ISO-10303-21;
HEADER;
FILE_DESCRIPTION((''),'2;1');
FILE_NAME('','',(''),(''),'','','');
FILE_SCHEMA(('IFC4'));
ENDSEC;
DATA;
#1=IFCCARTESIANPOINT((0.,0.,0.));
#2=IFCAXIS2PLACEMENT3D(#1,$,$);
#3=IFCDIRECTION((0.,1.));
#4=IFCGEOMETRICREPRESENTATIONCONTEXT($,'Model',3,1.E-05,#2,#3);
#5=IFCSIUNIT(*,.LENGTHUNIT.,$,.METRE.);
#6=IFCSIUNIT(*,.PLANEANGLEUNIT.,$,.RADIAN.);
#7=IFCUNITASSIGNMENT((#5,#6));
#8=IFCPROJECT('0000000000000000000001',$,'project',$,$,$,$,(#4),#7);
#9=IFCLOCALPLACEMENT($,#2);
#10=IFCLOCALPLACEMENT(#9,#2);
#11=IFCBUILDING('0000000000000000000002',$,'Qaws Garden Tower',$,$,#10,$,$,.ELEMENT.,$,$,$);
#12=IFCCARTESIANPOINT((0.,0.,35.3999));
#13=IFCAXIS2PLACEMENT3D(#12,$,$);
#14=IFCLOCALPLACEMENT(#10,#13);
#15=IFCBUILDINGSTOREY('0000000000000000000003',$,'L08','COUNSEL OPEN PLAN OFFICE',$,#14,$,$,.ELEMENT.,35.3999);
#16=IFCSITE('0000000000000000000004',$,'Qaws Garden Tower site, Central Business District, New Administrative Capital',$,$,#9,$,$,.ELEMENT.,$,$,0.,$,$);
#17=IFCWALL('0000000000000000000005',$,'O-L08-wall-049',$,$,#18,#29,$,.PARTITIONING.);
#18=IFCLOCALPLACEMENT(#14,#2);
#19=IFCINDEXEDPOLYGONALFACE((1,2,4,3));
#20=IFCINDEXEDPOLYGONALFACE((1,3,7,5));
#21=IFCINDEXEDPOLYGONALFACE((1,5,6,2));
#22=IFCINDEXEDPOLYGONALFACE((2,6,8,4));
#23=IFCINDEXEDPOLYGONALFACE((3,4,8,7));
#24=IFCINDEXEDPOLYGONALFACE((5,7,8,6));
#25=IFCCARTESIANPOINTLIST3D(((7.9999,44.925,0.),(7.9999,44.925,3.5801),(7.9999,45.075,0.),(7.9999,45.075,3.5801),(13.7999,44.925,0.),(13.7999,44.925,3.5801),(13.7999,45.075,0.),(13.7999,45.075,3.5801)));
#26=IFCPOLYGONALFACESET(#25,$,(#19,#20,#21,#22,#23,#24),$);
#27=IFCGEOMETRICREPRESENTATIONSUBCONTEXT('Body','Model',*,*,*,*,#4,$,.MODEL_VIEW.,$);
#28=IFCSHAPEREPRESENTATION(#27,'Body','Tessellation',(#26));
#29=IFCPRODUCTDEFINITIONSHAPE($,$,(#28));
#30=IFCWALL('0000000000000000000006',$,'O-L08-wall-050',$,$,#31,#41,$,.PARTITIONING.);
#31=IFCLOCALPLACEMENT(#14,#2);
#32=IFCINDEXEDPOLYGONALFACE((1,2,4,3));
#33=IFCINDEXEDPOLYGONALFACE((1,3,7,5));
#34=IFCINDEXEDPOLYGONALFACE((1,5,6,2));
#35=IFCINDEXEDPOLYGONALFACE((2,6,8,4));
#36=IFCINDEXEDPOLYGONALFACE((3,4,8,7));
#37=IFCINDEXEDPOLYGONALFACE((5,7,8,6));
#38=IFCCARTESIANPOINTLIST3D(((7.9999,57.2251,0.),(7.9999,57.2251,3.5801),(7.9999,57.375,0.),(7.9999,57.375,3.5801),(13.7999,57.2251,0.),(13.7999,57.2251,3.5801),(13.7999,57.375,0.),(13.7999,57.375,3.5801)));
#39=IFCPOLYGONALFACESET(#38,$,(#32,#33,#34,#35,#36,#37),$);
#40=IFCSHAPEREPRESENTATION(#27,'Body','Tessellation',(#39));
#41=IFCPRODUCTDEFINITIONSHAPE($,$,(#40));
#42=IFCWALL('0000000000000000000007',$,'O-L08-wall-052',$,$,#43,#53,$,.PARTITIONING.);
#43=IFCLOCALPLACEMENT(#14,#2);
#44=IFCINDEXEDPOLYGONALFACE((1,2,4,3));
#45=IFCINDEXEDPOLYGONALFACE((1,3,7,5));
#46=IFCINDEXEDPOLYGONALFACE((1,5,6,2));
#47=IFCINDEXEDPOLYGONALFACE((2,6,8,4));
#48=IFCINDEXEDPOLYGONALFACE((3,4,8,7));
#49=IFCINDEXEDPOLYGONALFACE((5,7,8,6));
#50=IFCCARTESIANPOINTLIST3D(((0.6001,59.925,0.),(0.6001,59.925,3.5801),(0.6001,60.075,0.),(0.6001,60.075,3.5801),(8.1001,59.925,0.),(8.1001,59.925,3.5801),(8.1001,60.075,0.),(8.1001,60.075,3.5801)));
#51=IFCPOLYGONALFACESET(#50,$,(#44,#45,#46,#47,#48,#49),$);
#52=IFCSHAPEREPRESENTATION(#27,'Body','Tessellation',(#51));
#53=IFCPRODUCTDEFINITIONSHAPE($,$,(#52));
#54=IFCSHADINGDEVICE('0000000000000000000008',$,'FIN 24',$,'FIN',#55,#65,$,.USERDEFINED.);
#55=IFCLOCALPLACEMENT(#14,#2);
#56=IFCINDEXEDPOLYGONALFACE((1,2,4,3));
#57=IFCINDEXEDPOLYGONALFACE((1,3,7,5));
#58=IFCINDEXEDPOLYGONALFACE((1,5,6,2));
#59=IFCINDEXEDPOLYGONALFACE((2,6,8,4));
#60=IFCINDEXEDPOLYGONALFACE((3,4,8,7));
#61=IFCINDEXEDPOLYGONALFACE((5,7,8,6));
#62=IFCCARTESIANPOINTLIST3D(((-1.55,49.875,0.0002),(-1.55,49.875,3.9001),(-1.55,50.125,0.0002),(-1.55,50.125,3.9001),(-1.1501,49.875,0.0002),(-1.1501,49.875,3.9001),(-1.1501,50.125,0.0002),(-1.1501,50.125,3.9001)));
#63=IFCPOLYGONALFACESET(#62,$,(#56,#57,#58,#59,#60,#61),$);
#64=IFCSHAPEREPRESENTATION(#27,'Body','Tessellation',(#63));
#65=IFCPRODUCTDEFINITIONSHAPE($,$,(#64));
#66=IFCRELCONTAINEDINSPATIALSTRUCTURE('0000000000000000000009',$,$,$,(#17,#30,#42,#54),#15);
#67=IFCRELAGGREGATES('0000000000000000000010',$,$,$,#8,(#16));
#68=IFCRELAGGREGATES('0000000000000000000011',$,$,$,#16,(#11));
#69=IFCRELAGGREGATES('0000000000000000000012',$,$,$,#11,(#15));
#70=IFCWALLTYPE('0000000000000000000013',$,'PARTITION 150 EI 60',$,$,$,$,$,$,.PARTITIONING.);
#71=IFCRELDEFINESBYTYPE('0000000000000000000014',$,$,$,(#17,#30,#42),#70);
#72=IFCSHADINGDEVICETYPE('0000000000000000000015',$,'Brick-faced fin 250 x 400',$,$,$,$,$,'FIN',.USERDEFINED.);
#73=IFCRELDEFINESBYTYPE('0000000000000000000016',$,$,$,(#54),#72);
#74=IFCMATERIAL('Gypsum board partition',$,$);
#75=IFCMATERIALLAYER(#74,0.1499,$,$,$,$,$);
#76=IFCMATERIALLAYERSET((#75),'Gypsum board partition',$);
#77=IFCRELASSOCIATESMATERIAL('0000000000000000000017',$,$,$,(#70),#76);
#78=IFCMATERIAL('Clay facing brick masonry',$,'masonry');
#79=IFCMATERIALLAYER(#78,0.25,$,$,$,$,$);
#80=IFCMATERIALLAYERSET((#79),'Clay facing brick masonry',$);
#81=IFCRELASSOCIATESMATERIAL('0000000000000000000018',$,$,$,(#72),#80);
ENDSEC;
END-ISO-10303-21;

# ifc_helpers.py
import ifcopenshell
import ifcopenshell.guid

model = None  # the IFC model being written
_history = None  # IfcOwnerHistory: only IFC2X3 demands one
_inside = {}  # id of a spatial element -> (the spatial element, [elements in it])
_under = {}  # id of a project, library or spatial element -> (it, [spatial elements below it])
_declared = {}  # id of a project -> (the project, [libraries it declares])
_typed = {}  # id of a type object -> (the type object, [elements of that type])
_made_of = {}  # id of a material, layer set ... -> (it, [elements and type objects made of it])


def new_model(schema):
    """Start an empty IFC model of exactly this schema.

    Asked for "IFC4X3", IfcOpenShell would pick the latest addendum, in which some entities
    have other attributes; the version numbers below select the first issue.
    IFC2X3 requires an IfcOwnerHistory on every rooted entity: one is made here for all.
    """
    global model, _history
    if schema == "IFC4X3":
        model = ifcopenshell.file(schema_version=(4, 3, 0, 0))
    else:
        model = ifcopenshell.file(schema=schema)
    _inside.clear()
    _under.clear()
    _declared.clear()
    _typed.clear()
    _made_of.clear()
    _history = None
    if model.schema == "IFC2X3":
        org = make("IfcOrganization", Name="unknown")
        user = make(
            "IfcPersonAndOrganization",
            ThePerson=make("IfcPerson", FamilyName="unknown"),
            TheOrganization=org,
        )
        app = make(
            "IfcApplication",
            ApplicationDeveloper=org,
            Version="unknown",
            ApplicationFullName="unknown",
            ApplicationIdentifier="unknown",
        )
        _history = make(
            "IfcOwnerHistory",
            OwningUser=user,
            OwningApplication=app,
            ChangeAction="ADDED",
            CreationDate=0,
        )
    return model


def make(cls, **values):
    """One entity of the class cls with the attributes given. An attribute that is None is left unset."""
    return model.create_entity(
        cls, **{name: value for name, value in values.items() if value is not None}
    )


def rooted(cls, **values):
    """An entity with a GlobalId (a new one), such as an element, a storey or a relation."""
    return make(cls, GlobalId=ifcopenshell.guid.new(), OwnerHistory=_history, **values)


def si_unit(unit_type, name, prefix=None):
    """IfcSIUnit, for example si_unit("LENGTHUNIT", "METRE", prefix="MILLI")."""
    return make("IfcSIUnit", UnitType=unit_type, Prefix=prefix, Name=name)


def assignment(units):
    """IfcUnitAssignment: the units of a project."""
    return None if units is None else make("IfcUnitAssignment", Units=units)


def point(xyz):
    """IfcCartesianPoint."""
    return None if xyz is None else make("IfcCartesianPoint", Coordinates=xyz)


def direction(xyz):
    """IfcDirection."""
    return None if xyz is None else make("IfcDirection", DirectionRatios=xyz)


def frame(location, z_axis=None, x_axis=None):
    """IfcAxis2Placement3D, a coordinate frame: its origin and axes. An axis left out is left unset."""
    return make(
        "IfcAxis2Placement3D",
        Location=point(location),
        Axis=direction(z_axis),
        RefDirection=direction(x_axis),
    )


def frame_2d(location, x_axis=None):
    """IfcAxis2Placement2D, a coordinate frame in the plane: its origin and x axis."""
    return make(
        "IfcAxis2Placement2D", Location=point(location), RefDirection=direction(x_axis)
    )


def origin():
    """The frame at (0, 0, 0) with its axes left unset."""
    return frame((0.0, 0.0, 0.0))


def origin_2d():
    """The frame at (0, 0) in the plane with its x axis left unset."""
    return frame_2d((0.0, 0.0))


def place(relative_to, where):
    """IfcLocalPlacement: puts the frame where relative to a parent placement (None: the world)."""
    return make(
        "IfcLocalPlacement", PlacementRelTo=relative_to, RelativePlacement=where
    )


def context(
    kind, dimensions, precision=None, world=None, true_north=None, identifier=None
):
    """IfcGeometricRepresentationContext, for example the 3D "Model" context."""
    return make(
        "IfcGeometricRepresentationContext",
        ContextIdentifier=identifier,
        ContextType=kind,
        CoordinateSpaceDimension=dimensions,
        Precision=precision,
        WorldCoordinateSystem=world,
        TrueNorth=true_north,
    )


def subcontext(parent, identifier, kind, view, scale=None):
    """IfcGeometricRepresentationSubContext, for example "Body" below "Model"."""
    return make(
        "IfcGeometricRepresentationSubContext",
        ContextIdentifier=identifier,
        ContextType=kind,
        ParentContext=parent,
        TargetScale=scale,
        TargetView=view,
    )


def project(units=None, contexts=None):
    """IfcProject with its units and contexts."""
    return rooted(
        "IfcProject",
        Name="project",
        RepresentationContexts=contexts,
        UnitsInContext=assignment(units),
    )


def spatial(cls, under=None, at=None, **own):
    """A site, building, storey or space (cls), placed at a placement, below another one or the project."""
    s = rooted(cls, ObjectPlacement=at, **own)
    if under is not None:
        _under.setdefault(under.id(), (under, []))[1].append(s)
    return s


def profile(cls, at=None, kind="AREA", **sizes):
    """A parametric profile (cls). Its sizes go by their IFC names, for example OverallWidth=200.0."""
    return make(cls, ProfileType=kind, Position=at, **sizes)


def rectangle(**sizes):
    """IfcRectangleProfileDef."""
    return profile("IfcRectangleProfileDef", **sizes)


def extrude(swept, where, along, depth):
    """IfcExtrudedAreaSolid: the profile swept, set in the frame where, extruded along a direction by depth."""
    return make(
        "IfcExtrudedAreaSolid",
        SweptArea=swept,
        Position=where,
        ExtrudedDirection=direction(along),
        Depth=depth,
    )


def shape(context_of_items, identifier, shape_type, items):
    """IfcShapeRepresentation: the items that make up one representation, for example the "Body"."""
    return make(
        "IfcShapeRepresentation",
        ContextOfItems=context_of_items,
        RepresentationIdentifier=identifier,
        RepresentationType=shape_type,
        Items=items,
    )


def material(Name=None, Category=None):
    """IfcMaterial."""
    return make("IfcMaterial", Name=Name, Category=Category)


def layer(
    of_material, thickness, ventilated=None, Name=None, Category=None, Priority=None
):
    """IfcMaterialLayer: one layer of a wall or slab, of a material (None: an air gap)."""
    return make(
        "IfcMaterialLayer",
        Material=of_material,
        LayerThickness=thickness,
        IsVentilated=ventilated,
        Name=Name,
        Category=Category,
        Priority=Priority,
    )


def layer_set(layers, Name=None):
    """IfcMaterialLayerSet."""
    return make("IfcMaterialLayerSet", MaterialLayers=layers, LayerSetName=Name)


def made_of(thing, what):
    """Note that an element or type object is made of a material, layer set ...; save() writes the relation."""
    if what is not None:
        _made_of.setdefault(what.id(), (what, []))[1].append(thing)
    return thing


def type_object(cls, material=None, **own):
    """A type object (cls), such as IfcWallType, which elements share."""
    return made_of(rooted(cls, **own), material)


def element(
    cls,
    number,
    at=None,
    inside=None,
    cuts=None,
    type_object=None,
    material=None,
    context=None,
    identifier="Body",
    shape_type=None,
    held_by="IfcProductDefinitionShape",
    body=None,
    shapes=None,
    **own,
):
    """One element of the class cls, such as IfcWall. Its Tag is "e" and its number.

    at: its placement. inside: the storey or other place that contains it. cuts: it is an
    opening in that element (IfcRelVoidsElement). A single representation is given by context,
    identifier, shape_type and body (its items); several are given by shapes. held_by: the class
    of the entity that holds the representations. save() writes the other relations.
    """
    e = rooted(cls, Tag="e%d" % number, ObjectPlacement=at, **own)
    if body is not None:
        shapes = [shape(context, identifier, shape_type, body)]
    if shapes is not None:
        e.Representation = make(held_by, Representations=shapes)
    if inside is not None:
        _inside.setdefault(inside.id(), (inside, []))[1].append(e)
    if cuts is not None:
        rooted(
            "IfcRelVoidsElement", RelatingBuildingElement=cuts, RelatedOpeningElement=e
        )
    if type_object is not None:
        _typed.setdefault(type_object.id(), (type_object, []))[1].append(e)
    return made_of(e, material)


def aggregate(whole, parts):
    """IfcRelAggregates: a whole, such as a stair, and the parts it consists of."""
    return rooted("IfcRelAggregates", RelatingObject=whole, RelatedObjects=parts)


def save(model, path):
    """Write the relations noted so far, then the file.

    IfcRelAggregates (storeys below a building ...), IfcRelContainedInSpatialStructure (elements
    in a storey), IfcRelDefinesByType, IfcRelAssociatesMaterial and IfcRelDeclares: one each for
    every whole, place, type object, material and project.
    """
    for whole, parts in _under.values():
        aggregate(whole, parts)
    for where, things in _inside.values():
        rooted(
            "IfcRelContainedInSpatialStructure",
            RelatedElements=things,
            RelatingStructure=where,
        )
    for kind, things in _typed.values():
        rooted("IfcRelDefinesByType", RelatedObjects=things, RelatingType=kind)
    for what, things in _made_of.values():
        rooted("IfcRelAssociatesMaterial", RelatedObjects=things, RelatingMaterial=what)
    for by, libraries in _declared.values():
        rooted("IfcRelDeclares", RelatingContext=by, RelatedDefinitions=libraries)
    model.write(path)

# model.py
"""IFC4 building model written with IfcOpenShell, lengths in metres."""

from ifc_helpers import new_model, si_unit, direction, frame, frame_2d, origin, origin_2d, place, context, subcontext, project, spatial, rectangle, extrude, material, layer, layer_set, type_object, element, save


model = new_model("IFC4")

# Units and contexts
model_context = context("Model", 3, precision=1e-05, world=origin(), true_north=direction((0.0, 1.0)))
body_context = subcontext(model_context, "Body", "Model", "MODEL_VIEW")
ifc_project = project(units=[si_unit("LENGTHUNIT", "METRE"), si_unit("PLANEANGLEUNIT", "RADIAN")], contexts=[model_context])

# Site, building, storey
site_placement = place(None, origin())
site = spatial("IfcSite", under=ifc_project, at=site_placement, Name="Qaws Garden Tower site, Central Business District, New Administrative Capital", CompositionType="ELEMENT", RefElevation=0.0)
building_placement = place(site_placement, origin())
building = spatial("IfcBuilding", under=site, at=building_placement, Name="Qaws Garden Tower", CompositionType="ELEMENT")
storey_placement = place(building_placement, frame((0.0, 0.0, 35.3999)))
storey = spatial("IfcBuildingStorey", under=building, at=storey_placement, Name="L08", Description="COUNSEL OPEN PLAN OFFICE", CompositionType="ELEMENT", Elevation=35.3999)

# Shared definitions
ifc_material_1 = material(Name="Gypsum board partition")
ifc_layer_1 = layer(ifc_material_1, 0.1499)
ifc_layer_set_1 = layer_set([ifc_layer_1], Name="Gypsum board partition")
wall_type_1 = type_object("IfcWallType", Name="PARTITION 150 EI 60", PredefinedType="PARTITIONING", material=ifc_layer_set_1)

# Walls
for number, where, z_axis, x_axis, name in (
    (1, (8.0, 45.0, 0.0), (0.0, 0.0, 1.0), (1.0, 0.0, 0.0), "O-L08-wall-049"),
    (2, (8.0, 57.3, 0.0), (0.0, 0.0, 1.0), (1.0, 0.0, 0.0), "O-L08-wall-050"),
):
    element("IfcWall", number, at=place(storey_placement, frame(where, z_axis=z_axis, x_axis=x_axis)), inside=storey, type_object=wall_type_1, Name=name, PredefinedType="PARTITIONING", context=body_context, shape_type="SweptSolid", body=[
        extrude(rectangle(XDim=5.8, YDim=0.1499, at=frame_2d((2.8999, 0.0))), origin(), (0.0, 0.0, 1.0), 3.5801),
    ])
wall_1_placement = place(storey_placement, frame((0.6001, 60.0, 0.0), z_axis=(0.0, 0.0, 1.0), x_axis=(1.0, 0.0, 0.0)))
element("IfcWall", 3, at=wall_1_placement, inside=storey, type_object=wall_type_1, Name="O-L08-wall-052", PredefinedType="PARTITIONING", context=body_context, shape_type="SweptSolid", body=[
    extrude(rectangle(XDim=7.5, YDim=0.1499, at=frame_2d((3.75, 0.0))), origin(), (0.0, 0.0, 1.0), 3.5801),
])

# Shading device
ifc_material_2 = material(Name="Clay facing brick masonry", Category="masonry")
ifc_layer_2 = layer(ifc_material_2, 0.25)
ifc_layer_set_2 = layer_set([ifc_layer_2], Name="Clay facing brick masonry")
shading_device_type = type_object("IfcShadingDeviceType", Name="Brick-faced fin 250 x 400", ElementType="FIN", PredefinedType="USERDEFINED", material=ifc_layer_set_2)
shading_device_placement = place(storey_placement, frame((-1.3501, 50.0, 0.0002), z_axis=(0.0, 0.0, 1.0), x_axis=(0.0, -1.0, 0.0)))
element("IfcShadingDevice", 4, at=shading_device_placement, inside=storey, type_object=shading_device_type, Name="FIN 24", ObjectType="FIN", PredefinedType="USERDEFINED", context=body_context, shape_type="SweptSolid", body=[
    extrude(rectangle(XDim=0.25, YDim=0.3999, at=origin_2d()), origin(), (0.0, 0.0, 1.0), 3.8999),
])

save(model, "model.ifc")
